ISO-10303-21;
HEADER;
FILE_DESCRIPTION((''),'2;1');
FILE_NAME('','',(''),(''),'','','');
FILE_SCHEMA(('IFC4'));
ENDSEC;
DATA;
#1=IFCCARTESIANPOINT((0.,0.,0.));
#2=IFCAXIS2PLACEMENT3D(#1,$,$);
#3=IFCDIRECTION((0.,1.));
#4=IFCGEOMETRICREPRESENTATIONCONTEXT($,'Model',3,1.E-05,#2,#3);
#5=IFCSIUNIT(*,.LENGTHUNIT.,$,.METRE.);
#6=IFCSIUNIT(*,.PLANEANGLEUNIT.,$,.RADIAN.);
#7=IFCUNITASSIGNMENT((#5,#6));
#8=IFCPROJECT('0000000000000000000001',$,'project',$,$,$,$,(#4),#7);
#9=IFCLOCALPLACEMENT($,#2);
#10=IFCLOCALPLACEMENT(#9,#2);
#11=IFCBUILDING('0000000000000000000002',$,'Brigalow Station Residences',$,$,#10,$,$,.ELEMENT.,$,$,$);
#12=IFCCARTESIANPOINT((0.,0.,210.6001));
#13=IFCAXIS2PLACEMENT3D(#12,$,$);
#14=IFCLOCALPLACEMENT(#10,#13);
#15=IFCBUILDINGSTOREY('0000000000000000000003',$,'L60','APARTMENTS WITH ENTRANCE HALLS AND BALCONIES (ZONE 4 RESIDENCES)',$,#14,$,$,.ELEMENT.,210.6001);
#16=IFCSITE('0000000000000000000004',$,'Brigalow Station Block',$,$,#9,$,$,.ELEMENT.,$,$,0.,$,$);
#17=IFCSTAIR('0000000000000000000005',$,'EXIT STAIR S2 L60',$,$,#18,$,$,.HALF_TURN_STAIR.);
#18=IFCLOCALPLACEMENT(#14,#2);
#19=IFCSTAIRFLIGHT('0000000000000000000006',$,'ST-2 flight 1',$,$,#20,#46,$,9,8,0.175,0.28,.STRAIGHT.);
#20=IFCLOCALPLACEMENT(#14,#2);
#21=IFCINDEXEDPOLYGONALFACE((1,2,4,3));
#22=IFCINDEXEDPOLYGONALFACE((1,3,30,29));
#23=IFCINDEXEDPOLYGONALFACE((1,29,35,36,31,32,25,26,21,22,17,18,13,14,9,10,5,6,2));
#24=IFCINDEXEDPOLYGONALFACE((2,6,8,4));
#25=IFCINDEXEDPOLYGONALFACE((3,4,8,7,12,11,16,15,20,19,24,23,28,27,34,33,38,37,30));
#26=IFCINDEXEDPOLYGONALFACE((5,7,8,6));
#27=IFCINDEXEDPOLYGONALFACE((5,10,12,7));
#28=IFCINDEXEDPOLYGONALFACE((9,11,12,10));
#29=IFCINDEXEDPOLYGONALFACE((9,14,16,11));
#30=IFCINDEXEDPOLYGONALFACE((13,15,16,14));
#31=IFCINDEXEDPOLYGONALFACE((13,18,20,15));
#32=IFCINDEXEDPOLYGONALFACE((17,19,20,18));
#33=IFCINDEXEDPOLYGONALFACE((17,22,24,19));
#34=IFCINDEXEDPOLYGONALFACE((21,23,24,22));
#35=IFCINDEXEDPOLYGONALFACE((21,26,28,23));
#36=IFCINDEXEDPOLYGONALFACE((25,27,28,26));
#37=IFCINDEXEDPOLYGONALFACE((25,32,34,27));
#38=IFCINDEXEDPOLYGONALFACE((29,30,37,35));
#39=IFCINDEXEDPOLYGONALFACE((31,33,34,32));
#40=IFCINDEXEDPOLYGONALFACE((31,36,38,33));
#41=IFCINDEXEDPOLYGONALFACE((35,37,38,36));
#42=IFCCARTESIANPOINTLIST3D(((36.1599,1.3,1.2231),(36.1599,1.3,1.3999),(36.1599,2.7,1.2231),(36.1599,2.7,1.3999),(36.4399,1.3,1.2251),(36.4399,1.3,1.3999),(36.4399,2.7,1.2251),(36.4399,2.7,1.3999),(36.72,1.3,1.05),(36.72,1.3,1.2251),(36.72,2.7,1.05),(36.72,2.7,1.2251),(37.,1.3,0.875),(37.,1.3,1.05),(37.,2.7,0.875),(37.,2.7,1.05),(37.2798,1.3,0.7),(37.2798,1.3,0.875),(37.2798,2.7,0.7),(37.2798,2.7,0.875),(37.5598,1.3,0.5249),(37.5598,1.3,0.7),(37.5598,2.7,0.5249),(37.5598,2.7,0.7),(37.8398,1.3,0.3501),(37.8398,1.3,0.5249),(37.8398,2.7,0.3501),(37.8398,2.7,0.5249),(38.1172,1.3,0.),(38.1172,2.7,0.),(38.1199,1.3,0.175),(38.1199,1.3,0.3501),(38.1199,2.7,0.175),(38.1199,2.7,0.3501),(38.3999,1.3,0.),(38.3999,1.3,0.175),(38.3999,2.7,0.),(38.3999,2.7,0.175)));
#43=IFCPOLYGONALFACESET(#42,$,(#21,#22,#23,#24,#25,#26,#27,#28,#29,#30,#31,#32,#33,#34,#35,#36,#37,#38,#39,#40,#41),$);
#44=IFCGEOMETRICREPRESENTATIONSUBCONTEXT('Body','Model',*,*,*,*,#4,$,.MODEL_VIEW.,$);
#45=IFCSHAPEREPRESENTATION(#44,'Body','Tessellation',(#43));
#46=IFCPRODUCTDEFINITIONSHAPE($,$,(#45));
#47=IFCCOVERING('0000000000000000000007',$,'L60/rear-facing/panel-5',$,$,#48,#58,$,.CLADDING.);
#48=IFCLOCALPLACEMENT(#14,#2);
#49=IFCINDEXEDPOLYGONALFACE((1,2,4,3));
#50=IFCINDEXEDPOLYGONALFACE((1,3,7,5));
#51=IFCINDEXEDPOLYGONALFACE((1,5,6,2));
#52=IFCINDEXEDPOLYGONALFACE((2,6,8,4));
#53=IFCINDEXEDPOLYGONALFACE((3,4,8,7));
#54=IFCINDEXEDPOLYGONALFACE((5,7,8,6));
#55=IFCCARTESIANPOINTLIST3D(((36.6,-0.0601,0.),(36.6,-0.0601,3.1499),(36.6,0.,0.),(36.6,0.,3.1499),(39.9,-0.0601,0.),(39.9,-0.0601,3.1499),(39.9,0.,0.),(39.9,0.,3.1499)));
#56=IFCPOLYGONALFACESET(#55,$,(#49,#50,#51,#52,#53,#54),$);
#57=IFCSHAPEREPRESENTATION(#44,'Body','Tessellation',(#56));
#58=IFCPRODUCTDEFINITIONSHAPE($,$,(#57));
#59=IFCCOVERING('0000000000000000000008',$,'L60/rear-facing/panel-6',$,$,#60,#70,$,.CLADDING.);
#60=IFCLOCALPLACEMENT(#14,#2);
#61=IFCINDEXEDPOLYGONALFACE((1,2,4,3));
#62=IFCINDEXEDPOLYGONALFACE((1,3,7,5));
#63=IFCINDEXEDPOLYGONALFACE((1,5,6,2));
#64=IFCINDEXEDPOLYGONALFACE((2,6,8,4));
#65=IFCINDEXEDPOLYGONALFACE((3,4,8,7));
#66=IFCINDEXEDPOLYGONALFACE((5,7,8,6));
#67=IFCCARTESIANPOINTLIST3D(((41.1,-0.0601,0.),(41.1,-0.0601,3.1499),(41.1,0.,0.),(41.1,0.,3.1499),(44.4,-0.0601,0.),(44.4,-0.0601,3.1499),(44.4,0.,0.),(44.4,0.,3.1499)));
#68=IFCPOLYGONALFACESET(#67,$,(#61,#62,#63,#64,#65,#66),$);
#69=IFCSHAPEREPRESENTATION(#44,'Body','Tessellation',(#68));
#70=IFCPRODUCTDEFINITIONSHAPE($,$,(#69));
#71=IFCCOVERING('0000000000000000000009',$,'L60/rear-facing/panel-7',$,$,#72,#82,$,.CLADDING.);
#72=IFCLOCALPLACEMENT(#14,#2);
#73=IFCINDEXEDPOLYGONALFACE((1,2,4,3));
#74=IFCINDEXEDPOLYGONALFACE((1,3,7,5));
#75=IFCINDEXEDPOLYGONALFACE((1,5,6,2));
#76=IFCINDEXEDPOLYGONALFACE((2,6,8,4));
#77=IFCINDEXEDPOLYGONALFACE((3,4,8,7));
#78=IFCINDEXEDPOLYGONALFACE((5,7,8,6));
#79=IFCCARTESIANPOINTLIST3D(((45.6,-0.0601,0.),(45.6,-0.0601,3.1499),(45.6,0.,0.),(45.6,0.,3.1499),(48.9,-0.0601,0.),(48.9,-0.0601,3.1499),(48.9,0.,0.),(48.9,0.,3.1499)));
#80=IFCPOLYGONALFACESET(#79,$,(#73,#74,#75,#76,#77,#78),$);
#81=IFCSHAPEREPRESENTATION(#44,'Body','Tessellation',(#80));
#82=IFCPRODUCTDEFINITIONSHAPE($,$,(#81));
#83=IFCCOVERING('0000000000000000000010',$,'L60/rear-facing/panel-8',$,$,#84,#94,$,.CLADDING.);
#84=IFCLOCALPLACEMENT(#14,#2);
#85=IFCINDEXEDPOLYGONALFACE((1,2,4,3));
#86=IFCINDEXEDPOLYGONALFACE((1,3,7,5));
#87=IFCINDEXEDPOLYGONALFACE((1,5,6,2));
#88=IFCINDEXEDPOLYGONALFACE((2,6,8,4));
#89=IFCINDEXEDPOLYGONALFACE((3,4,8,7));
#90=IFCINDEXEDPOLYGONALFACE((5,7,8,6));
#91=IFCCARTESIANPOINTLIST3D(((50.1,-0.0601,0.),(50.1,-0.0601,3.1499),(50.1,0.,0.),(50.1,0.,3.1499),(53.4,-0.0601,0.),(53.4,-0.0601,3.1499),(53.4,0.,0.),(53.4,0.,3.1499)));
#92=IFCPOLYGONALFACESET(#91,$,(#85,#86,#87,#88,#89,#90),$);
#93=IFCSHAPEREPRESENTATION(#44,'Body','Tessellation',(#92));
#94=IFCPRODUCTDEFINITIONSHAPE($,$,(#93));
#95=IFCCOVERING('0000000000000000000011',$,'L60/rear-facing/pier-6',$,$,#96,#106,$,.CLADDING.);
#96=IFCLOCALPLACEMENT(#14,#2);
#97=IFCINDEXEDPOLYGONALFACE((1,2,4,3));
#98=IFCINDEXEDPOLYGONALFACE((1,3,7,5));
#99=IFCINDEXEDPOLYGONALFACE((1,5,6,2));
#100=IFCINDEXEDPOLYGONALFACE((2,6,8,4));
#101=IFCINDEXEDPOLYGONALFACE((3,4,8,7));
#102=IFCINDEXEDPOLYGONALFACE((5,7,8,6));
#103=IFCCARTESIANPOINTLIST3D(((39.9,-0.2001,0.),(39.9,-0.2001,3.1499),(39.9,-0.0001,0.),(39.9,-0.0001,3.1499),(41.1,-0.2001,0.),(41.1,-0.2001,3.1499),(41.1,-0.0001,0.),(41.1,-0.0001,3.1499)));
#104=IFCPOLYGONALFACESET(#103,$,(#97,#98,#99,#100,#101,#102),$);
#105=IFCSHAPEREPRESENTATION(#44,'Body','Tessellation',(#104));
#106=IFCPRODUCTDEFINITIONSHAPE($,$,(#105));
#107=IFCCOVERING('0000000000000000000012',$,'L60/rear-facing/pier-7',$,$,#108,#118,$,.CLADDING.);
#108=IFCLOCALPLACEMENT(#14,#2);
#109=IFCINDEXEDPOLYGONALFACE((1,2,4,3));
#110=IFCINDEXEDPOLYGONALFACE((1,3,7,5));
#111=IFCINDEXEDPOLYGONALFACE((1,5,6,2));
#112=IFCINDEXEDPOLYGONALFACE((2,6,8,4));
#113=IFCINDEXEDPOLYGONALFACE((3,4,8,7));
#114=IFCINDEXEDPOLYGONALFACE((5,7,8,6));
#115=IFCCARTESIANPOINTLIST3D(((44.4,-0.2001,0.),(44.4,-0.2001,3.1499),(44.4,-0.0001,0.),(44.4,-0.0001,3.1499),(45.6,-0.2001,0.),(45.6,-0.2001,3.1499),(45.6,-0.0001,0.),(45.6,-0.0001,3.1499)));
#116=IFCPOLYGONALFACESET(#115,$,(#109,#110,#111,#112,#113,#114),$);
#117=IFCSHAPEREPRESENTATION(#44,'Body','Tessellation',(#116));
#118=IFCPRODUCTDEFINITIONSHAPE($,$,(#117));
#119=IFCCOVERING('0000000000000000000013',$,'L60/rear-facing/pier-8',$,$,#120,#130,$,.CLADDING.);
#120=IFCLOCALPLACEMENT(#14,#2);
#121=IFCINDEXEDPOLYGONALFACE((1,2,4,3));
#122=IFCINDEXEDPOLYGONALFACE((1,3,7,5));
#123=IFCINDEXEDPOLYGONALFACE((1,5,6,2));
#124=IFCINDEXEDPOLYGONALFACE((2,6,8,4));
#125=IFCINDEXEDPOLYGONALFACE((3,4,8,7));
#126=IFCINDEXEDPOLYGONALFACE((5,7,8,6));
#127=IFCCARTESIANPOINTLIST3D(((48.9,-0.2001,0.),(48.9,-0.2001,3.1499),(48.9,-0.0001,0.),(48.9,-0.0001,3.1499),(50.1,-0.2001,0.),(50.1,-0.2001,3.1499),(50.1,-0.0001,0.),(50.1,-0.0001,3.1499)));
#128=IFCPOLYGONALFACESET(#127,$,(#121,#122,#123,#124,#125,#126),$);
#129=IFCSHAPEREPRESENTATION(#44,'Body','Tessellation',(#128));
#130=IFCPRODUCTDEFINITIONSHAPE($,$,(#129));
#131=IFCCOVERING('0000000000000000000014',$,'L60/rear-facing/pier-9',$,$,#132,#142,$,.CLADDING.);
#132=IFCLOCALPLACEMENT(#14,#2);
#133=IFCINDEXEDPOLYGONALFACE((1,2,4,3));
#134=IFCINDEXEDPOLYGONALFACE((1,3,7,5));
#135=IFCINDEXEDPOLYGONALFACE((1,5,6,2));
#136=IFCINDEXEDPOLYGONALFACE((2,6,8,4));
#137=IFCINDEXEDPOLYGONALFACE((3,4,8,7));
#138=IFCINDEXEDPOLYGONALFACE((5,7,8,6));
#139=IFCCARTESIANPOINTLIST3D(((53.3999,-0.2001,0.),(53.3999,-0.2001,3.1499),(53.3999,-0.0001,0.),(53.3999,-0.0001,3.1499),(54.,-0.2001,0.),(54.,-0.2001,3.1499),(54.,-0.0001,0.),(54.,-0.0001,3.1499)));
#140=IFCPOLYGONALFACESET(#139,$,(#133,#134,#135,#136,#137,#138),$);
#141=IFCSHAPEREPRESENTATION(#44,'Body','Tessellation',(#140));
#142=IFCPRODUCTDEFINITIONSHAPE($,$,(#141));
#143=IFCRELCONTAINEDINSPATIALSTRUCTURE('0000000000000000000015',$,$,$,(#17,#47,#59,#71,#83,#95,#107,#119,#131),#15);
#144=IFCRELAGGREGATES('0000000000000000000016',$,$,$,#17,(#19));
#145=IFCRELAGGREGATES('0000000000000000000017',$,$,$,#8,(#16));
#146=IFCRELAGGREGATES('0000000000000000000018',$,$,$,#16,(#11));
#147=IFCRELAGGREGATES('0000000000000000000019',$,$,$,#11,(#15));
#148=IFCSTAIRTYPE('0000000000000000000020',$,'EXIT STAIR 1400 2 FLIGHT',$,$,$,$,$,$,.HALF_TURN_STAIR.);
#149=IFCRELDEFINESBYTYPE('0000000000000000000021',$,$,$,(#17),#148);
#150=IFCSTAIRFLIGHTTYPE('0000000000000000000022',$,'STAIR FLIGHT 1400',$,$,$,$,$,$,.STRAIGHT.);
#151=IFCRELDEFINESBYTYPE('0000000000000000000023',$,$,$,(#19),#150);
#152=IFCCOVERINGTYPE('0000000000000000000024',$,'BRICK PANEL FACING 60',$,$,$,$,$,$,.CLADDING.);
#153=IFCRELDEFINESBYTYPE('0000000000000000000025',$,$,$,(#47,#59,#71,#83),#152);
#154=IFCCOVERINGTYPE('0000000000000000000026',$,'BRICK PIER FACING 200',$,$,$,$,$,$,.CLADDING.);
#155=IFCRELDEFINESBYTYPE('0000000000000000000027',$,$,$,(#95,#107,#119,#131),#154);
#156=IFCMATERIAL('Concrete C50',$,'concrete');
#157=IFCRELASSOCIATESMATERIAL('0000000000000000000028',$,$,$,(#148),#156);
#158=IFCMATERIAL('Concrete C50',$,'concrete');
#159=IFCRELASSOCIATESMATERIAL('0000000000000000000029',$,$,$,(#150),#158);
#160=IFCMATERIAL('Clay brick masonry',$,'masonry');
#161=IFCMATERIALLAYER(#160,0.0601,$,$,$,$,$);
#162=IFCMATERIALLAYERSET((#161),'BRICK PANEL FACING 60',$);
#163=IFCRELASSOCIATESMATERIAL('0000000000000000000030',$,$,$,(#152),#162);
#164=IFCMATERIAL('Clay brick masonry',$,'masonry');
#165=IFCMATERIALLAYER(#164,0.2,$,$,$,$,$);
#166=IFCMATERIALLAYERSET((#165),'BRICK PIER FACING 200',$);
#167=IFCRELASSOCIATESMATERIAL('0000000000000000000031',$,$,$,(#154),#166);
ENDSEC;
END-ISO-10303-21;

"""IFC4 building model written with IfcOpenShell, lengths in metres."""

from ifc_helpers import new_model, si_unit, direction, frame, origin, origin_2d, place, context, subcontext, project, spatial, polyline, rectangle, outline, extrude, material, layer, layer_set, type_object, element, aggregate, save


model = new_model("IFC4")

# Units and contexts
model_context = context("Model", 3, precision=1e-05, world=origin(), true_north=direction((0.0, 1.0)))
body_context = subcontext(model_context, "Body", "Model", "MODEL_VIEW")
ifc_project = project(units=[si_unit("LENGTHUNIT", "METRE"), si_unit("PLANEANGLEUNIT", "RADIAN")], contexts=[model_context])

# Site, building, storey
site_placement = place(None, origin())
site = spatial("IfcSite", under=ifc_project, at=site_placement, Name="Brigalow Station Block", CompositionType="ELEMENT", RefElevation=0.0)
building_placement = place(site_placement, origin())
building = spatial("IfcBuilding", under=site, at=building_placement, Name="Brigalow Station Residences", CompositionType="ELEMENT")
storey_placement = place(building_placement, frame((0.0, 0.0, 210.6001)))
storey = spatial("IfcBuildingStorey", under=building, at=storey_placement, Name="L60", Description="APARTMENTS WITH ENTRANCE HALLS AND BALCONIES (ZONE 4 RESIDENCES)", CompositionType="ELEMENT", Elevation=210.6001)

# Stair, stair flight
ifc_material_1 = material(Name="Concrete C50", Category="concrete")
stair_type = type_object("IfcStairType", Name="EXIT STAIR 1400 2 FLIGHT", PredefinedType="HALF_TURN_STAIR", material=ifc_material_1)
stair_placement = place(storey_placement, origin())
stair = element("IfcStair", 1, at=stair_placement, inside=storey, type_object=stair_type, Name="EXIT STAIR S2 L60", PredefinedType="HALF_TURN_STAIR")
ifc_material_2 = material(Name="Concrete C50", Category="concrete")
stair_flight_type = type_object("IfcStairFlightType", Name="STAIR FLIGHT 1400", PredefinedType="STRAIGHT", material=ifc_material_2)
stair_flight_placement = place(storey_placement, frame((38.3999, 2.0, 0.0), z_axis=(0.0, 0.0, 1.0), x_axis=(-1.0, 0.0, 0.0)))
stair_flight = element("IfcStairFlight", 2, at=stair_flight_placement, type_object=stair_flight_type, Name="ST-2 flight 1", NumberOfRisers=9, NumberOfTreads=8, PredefinedType="STRAIGHT", RiserHeight=0.175, TreadLength=0.28, context=body_context, shape_type="SweptSolid", body=[
    extrude(outline(polyline([(0.0, 0.0), (0.0, 0.175), (0.28, 0.175), (0.28, 0.3501), (0.5601, 0.3501), (0.5601, 0.5249), (0.8401, 0.5249), (0.8401, 0.7), (1.1201, 0.7), (1.1201, 0.875), (1.3999, 0.875), (1.3999, 1.05), (1.6799, 1.05), (1.6799, 1.2251), (1.96, 1.2251), (1.96, 1.3999), (2.24, 1.3999), (2.24, 1.575), (2.24, 1.2231), (0.2827, 0.0), (0.0, 0.0)])), frame((0.0, 0.7, 0.0), z_axis=(0.0, -1.0, 0.0), x_axis=(1.0, 0.0, 0.0)), (0.0, 0.0, 1.0), 1.3999),
])
aggregate(stair, [stair_flight])

# Coverings
ifc_material_3 = material(Name="Clay brick masonry", Category="masonry")
ifc_layer_1 = layer(ifc_material_3, 0.0601)
ifc_layer_set_1 = layer_set([ifc_layer_1], Name="BRICK PANEL FACING 60")
covering_type_1 = type_object("IfcCoveringType", Name="BRICK PANEL FACING 60", PredefinedType="CLADDING", material=ifc_layer_set_1)
for number, where, z_axis, x_axis, name in (
    (3, (38.25, -0.03, 0.0), (0.0, 0.0, 1.0), (1.0, 0.0, 0.0), "L60/rear-facing/panel-5"),
    (4, (42.75, -0.03, 0.0), (0.0, 0.0, 1.0), (1.0, 0.0, 0.0), "L60/rear-facing/panel-6"),
    (5, (47.25, -0.03, 0.0), (0.0, 0.0, 1.0), (1.0, 0.0, 0.0), "L60/rear-facing/panel-7"),
    (6, (51.75, -0.03, 0.0), (0.0, 0.0, 1.0), (1.0, 0.0, 0.0), "L60/rear-facing/panel-8"),
):
    element("IfcCovering", number, at=place(storey_placement, frame(where, z_axis=z_axis, x_axis=x_axis)), inside=storey, type_object=covering_type_1, Name=name, PredefinedType="CLADDING", context=body_context, shape_type="SweptSolid", body=[
        extrude(rectangle(XDim=3.3, YDim=0.0601, at=origin_2d()), origin(), (0.0, 0.0, 1.0), 3.1499),
    ])
ifc_material_4 = material(Name="Clay brick masonry", Category="masonry")
ifc_layer_2 = layer(ifc_material_4, 0.2)
ifc_layer_set_2 = layer_set([ifc_layer_2], Name="BRICK PIER FACING 200")
covering_type_2 = type_object("IfcCoveringType", Name="BRICK PIER FACING 200", PredefinedType="CLADDING", material=ifc_layer_set_2)
for number, where, z_axis, x_axis, name in (
    (7, (40.5, -0.1001, 0.0), (0.0, 0.0, 1.0), (1.0, 0.0, 0.0), "L60/rear-facing/pier-6"),
    (8, (45.0, -0.1001, 0.0), (0.0, 0.0, 1.0), (1.0, 0.0, 0.0), "L60/rear-facing/pier-7"),
    (9, (49.5, -0.1001, 0.0), (0.0, 0.0, 1.0), (1.0, 0.0, 0.0), "L60/rear-facing/pier-8"),
):
    element("IfcCovering", number, at=place(storey_placement, frame(where, z_axis=z_axis, x_axis=x_axis)), inside=storey, type_object=covering_type_2, Name=name, PredefinedType="CLADDING", context=body_context, shape_type="SweptSolid", body=[
        extrude(rectangle(XDim=1.2, YDim=0.2, at=origin_2d()), origin(), (0.0, 0.0, 1.0), 3.1499),
    ])
covering_placement = place(storey_placement, frame((53.7, -0.1001, 0.0), z_axis=(0.0, 0.0, 1.0), x_axis=(1.0, 0.0, 0.0)))
element("IfcCovering", 10, at=covering_placement, inside=storey, type_object=covering_type_2, Name="L60/rear-facing/pier-9", PredefinedType="CLADDING", context=body_context, shape_type="SweptSolid", body=[
    extrude(rectangle(XDim=0.6001, YDim=0.2, at=origin_2d()), origin(), (0.0, 0.0, 1.0), 3.1499),
])

save(model, "model.ifc")
